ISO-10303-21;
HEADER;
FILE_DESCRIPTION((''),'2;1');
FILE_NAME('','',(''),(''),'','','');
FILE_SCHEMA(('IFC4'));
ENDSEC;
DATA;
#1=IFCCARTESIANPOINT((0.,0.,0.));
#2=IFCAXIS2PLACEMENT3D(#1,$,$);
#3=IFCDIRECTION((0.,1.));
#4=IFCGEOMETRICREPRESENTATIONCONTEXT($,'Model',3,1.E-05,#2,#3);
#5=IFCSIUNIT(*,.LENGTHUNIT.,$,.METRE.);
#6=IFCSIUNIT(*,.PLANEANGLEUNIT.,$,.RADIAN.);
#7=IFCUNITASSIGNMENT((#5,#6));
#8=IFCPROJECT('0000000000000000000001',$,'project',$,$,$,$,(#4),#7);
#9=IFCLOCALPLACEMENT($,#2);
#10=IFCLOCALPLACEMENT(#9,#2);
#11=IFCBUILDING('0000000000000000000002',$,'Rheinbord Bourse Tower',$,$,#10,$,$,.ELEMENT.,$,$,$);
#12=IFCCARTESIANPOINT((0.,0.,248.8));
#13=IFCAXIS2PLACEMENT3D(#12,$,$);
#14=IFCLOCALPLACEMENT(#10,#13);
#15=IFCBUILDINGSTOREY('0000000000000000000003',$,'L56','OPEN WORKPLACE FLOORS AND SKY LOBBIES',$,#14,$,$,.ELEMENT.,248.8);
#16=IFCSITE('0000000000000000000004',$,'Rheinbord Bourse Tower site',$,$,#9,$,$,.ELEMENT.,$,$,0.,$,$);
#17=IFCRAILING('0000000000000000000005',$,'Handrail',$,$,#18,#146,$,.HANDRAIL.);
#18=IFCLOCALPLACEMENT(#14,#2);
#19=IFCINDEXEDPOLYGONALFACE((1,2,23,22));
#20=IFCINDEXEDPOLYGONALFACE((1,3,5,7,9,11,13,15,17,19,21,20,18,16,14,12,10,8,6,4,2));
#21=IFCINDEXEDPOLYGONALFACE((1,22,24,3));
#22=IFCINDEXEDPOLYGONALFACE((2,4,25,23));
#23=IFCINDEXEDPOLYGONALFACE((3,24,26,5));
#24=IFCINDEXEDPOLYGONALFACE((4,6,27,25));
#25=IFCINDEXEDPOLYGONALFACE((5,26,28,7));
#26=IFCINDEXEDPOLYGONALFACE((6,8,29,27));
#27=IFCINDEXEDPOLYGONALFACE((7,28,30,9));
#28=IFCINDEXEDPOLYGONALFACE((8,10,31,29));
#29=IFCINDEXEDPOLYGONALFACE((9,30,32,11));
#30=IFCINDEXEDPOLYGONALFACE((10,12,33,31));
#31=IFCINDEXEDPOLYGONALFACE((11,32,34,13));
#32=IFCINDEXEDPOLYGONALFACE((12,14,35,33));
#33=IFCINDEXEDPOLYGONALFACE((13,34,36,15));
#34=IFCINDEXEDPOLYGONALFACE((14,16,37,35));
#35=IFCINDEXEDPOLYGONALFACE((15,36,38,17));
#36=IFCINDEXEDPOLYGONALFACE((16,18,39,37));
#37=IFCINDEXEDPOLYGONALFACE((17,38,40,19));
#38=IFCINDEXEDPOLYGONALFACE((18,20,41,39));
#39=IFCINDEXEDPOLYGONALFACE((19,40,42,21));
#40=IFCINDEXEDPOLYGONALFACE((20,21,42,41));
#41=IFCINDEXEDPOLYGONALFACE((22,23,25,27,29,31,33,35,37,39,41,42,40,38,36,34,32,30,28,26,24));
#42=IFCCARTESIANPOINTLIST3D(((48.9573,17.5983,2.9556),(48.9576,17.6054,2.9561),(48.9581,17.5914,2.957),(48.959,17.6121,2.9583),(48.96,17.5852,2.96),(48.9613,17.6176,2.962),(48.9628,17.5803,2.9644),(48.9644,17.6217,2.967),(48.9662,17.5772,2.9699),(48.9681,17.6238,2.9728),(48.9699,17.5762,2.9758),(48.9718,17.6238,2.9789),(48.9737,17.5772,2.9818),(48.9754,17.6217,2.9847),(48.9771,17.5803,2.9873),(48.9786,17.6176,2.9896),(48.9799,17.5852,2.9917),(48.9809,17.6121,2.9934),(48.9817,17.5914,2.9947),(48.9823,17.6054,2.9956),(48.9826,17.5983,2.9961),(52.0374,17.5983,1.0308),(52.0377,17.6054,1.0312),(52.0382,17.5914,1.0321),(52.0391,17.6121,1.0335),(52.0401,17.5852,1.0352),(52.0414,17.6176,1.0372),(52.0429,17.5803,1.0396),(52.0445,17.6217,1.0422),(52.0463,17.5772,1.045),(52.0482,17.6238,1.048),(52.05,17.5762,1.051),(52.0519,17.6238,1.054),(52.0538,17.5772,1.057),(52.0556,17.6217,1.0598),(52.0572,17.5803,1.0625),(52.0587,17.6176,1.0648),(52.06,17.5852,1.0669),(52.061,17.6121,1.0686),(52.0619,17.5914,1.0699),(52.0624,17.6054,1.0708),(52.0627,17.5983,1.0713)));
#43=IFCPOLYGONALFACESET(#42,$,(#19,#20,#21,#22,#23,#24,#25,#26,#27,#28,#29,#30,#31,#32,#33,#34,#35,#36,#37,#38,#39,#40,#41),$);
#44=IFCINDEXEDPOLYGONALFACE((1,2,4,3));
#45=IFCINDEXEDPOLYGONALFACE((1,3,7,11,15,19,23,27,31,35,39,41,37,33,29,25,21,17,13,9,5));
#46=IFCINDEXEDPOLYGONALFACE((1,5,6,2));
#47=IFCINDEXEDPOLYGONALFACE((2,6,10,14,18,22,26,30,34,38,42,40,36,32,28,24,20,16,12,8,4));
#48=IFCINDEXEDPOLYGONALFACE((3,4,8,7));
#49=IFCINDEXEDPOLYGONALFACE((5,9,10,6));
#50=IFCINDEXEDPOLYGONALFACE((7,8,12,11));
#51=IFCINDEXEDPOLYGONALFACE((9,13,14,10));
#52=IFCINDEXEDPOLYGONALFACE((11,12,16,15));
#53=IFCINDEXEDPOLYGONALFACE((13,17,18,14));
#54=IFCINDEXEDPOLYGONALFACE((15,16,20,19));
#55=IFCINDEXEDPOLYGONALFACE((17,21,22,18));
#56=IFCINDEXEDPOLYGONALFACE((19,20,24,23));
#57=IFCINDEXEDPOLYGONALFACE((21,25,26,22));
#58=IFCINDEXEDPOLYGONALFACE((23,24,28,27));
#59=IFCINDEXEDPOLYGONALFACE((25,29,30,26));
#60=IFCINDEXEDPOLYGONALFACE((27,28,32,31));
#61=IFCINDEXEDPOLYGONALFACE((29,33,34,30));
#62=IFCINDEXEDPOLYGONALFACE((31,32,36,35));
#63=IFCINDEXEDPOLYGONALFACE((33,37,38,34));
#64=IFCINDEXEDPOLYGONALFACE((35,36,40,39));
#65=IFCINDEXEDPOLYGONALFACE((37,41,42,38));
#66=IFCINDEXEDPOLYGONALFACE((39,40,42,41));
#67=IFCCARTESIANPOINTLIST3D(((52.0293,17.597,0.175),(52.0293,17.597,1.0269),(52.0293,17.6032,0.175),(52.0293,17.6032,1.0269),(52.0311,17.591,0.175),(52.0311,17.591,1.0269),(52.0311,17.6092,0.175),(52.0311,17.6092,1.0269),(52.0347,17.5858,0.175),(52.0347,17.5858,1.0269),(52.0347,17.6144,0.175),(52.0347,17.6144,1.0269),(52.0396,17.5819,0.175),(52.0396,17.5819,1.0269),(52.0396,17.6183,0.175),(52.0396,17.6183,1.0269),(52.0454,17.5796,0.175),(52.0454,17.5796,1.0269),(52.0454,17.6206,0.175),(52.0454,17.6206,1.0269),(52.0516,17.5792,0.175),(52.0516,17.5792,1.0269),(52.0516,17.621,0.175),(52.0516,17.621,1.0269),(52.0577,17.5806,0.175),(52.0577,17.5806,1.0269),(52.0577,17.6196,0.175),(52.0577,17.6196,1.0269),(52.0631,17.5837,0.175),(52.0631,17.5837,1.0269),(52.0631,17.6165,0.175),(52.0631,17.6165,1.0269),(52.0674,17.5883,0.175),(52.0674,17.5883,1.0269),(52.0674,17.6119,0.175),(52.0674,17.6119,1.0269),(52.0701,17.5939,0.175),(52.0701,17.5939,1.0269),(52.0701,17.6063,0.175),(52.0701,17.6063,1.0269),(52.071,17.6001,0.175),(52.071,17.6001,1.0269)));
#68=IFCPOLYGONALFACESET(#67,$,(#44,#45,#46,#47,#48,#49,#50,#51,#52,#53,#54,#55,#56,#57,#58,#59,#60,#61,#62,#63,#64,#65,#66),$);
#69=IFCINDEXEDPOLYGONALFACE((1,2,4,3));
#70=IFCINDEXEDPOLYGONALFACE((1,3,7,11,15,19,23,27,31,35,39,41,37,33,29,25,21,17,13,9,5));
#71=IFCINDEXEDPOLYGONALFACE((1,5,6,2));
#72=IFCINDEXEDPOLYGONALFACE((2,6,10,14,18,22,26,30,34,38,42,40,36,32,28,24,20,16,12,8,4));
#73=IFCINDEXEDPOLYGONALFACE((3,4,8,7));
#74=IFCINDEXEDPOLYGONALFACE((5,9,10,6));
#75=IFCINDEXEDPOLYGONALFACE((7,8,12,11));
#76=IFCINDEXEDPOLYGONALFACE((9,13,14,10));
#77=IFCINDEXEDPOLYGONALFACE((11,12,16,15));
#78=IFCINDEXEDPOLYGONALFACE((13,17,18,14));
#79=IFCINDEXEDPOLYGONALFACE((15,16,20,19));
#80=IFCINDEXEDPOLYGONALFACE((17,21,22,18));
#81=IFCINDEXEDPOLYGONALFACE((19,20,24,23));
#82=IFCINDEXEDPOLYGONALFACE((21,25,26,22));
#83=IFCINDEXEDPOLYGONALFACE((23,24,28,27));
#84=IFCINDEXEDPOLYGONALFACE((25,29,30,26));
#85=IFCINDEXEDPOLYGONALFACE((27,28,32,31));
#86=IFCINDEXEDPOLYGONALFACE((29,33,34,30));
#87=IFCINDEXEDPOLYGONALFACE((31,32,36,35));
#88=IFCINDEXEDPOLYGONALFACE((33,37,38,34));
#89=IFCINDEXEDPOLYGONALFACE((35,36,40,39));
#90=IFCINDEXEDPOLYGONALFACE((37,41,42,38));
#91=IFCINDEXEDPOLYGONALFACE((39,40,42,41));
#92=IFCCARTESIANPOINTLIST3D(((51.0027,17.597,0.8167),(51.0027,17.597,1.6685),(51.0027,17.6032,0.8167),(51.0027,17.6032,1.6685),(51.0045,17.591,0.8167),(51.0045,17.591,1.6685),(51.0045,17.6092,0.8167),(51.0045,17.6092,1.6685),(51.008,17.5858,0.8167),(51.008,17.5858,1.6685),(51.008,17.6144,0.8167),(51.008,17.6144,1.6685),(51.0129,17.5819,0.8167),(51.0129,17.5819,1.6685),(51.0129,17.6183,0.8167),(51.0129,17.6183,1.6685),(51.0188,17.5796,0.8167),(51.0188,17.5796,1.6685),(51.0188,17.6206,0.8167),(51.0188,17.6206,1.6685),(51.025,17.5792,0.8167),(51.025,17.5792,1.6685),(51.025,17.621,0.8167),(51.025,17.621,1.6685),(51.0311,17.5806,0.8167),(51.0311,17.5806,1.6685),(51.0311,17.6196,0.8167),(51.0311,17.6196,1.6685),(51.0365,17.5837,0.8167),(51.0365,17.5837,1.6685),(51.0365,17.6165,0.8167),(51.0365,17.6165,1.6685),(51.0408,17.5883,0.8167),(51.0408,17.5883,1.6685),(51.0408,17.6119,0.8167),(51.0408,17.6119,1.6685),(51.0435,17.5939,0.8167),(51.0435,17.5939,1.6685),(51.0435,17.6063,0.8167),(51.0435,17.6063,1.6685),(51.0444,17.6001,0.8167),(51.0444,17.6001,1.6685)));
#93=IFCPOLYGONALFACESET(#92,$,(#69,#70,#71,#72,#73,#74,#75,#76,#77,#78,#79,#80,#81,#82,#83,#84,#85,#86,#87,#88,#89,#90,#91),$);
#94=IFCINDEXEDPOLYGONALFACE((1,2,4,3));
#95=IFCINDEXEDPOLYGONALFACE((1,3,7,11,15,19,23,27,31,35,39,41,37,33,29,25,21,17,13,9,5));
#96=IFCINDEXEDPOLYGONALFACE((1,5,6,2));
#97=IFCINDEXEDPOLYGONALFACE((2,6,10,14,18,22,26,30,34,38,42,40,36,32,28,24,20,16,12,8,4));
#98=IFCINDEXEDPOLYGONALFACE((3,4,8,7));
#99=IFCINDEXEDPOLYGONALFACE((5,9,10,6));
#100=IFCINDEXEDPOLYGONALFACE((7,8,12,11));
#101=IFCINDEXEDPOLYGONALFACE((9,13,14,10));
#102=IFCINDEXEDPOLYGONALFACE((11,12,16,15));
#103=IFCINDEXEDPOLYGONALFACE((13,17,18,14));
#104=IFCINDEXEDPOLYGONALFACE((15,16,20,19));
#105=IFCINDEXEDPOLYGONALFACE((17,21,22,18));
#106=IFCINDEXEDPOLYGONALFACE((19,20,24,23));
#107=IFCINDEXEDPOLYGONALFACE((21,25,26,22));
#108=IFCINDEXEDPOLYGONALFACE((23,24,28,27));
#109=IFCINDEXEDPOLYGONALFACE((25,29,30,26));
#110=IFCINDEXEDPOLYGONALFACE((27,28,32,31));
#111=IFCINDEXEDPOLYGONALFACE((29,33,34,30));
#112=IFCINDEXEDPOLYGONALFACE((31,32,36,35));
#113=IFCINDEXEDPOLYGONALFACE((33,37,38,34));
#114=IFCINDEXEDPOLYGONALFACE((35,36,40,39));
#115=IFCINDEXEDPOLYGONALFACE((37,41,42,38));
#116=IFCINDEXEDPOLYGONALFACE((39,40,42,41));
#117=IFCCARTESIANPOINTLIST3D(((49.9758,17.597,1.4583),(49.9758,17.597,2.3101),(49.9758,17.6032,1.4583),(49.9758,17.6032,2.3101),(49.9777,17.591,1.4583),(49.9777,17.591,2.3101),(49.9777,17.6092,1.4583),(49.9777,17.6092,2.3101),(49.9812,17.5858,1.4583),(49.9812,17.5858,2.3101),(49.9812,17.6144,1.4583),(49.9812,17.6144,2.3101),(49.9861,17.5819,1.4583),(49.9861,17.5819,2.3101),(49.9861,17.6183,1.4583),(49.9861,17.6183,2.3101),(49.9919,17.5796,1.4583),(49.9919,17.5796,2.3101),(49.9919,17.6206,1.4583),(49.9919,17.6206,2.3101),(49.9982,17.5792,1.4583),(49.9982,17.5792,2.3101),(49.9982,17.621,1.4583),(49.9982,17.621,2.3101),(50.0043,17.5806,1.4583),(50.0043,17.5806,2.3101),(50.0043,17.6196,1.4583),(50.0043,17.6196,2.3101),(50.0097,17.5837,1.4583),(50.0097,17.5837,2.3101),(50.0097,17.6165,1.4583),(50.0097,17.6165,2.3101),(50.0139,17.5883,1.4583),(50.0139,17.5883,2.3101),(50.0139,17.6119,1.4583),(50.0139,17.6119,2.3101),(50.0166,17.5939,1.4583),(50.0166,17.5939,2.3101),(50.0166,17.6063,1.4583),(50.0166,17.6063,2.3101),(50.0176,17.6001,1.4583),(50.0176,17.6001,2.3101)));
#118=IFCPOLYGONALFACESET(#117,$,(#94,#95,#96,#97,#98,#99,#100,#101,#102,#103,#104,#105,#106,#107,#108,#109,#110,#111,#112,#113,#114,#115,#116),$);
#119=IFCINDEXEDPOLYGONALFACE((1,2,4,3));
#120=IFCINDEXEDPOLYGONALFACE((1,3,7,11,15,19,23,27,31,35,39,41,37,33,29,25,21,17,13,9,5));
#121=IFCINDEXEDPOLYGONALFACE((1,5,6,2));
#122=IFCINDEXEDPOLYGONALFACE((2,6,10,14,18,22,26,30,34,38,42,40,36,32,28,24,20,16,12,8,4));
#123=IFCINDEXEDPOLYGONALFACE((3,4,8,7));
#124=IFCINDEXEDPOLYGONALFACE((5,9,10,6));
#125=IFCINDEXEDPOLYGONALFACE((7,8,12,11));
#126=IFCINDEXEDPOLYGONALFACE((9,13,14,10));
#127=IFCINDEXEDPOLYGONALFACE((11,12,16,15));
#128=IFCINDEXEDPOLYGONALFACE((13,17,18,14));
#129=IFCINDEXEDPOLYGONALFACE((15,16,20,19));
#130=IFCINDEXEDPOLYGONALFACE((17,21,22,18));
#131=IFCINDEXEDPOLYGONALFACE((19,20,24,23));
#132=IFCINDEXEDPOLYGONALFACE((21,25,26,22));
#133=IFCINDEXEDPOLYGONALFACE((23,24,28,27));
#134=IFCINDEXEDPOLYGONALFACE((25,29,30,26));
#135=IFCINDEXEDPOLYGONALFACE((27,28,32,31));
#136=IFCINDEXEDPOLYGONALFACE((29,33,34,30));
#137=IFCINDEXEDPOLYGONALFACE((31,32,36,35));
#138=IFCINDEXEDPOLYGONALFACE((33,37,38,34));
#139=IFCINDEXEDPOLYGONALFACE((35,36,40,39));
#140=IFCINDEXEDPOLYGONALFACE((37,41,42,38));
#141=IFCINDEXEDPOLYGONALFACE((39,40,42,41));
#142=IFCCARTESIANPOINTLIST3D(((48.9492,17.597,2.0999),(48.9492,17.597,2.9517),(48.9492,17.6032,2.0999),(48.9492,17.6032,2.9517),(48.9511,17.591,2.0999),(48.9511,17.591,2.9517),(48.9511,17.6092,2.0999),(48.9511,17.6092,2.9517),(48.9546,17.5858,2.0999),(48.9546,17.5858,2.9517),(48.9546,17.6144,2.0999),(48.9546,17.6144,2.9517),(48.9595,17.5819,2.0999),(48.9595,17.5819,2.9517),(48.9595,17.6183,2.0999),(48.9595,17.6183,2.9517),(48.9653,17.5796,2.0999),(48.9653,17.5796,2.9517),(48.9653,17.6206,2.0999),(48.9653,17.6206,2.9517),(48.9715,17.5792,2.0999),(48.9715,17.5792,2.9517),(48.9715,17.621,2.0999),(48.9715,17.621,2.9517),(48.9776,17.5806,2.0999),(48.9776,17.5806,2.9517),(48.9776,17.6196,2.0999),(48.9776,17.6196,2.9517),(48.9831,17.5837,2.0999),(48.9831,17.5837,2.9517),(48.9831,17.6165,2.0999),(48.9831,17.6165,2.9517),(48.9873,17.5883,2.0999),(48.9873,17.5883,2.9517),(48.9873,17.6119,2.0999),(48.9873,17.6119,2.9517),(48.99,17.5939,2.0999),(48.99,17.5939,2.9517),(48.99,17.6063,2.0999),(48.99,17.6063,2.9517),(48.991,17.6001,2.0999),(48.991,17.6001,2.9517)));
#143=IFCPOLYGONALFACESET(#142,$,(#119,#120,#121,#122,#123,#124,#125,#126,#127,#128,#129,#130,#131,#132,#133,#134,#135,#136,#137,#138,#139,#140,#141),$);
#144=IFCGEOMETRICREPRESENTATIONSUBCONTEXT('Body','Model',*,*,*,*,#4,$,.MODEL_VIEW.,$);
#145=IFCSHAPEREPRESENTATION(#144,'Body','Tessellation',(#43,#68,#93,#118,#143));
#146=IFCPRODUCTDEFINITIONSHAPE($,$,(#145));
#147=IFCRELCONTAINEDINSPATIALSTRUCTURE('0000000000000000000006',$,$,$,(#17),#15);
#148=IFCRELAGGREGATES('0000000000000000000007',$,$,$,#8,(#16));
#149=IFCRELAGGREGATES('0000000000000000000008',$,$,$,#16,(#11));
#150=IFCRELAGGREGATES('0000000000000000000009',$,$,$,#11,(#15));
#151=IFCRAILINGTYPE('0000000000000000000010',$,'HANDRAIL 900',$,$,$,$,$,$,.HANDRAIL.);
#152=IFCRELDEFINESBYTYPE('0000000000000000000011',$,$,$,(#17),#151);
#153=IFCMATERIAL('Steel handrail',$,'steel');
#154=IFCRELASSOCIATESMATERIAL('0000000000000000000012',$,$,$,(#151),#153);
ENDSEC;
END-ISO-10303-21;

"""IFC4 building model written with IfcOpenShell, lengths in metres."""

from ifc_helpers import new_model, si_unit, direction, frame, origin, origin_2d, place, context, subcontext, project, spatial, circle, extrude, material, type_object, element, save


model = new_model("IFC4")

# Units and contexts
model_context = context("Model", 3, precision=1e-05, world=origin(), true_north=direction((0.0, 1.0)))
body_context = subcontext(model_context, "Body", "Model", "MODEL_VIEW")
ifc_project = project(units=[si_unit("LENGTHUNIT", "METRE"), si_unit("PLANEANGLEUNIT", "RADIAN")], contexts=[model_context])

# Site, building, storey
site_placement = place(None, origin())
site = spatial("IfcSite", under=ifc_project, at=site_placement, Name="Rheinbord Bourse Tower site", CompositionType="ELEMENT", RefElevation=0.0)
building_placement = place(site_placement, origin())
building = spatial("IfcBuilding", under=site, at=building_placement, Name="Rheinbord Bourse Tower", CompositionType="ELEMENT")
storey_placement = place(building_placement, frame((0.0, 0.0, 248.8)))
storey = spatial("IfcBuildingStorey", under=building, at=storey_placement, Name="L56", Description="OPEN WORKPLACE FLOORS AND SKY LOBBIES", CompositionType="ELEMENT", Elevation=248.8)

# Railing
ifc_material_1 = material(Name="Steel handrail", Category="steel")
railing_type = type_object("IfcRailingType", Name="HANDRAIL 900", PredefinedType="HANDRAIL", material=ifc_material_1)
railing_1_placement = place(storey_placement, frame((52.05, 17.6001, 0.175)))
element("IfcRailing", 1, at=railing_1_placement, inside=storey, type_object=railing_type, Name="Handrail", PredefinedType="HANDRAIL", context=body_context, shape_type="SweptSolid", body=[
    extrude(circle(Radius=0.0239, at=origin_2d()), frame((0.0, 0.0, 0.876), z_axis=(-0.848029, 0.0, 0.529951), x_axis=(0.0, -1.0, 0.0)), (0.0, 0.0, 1.0), 3.6321),
    extrude(circle(Radius=0.021, at=origin_2d()), origin(), (0.0, 0.0, 1.0), 0.8518),
    extrude(circle(Radius=0.021, at=origin_2d()), frame((-1.0266, 0.0, 0.6416)), (0.0, 0.0, 1.0), 0.8518),
    extrude(circle(Radius=0.021, at=origin_2d()), frame((-2.0535, 0.0, 1.2832)), (0.0, 0.0, 1.0), 0.8518),
    extrude(circle(Radius=0.021, at=origin_2d()), frame((-3.0801, 0.0, 1.9248)), (0.0, 0.0, 1.0), 0.8518),
])

save(model, "model.ifc")
